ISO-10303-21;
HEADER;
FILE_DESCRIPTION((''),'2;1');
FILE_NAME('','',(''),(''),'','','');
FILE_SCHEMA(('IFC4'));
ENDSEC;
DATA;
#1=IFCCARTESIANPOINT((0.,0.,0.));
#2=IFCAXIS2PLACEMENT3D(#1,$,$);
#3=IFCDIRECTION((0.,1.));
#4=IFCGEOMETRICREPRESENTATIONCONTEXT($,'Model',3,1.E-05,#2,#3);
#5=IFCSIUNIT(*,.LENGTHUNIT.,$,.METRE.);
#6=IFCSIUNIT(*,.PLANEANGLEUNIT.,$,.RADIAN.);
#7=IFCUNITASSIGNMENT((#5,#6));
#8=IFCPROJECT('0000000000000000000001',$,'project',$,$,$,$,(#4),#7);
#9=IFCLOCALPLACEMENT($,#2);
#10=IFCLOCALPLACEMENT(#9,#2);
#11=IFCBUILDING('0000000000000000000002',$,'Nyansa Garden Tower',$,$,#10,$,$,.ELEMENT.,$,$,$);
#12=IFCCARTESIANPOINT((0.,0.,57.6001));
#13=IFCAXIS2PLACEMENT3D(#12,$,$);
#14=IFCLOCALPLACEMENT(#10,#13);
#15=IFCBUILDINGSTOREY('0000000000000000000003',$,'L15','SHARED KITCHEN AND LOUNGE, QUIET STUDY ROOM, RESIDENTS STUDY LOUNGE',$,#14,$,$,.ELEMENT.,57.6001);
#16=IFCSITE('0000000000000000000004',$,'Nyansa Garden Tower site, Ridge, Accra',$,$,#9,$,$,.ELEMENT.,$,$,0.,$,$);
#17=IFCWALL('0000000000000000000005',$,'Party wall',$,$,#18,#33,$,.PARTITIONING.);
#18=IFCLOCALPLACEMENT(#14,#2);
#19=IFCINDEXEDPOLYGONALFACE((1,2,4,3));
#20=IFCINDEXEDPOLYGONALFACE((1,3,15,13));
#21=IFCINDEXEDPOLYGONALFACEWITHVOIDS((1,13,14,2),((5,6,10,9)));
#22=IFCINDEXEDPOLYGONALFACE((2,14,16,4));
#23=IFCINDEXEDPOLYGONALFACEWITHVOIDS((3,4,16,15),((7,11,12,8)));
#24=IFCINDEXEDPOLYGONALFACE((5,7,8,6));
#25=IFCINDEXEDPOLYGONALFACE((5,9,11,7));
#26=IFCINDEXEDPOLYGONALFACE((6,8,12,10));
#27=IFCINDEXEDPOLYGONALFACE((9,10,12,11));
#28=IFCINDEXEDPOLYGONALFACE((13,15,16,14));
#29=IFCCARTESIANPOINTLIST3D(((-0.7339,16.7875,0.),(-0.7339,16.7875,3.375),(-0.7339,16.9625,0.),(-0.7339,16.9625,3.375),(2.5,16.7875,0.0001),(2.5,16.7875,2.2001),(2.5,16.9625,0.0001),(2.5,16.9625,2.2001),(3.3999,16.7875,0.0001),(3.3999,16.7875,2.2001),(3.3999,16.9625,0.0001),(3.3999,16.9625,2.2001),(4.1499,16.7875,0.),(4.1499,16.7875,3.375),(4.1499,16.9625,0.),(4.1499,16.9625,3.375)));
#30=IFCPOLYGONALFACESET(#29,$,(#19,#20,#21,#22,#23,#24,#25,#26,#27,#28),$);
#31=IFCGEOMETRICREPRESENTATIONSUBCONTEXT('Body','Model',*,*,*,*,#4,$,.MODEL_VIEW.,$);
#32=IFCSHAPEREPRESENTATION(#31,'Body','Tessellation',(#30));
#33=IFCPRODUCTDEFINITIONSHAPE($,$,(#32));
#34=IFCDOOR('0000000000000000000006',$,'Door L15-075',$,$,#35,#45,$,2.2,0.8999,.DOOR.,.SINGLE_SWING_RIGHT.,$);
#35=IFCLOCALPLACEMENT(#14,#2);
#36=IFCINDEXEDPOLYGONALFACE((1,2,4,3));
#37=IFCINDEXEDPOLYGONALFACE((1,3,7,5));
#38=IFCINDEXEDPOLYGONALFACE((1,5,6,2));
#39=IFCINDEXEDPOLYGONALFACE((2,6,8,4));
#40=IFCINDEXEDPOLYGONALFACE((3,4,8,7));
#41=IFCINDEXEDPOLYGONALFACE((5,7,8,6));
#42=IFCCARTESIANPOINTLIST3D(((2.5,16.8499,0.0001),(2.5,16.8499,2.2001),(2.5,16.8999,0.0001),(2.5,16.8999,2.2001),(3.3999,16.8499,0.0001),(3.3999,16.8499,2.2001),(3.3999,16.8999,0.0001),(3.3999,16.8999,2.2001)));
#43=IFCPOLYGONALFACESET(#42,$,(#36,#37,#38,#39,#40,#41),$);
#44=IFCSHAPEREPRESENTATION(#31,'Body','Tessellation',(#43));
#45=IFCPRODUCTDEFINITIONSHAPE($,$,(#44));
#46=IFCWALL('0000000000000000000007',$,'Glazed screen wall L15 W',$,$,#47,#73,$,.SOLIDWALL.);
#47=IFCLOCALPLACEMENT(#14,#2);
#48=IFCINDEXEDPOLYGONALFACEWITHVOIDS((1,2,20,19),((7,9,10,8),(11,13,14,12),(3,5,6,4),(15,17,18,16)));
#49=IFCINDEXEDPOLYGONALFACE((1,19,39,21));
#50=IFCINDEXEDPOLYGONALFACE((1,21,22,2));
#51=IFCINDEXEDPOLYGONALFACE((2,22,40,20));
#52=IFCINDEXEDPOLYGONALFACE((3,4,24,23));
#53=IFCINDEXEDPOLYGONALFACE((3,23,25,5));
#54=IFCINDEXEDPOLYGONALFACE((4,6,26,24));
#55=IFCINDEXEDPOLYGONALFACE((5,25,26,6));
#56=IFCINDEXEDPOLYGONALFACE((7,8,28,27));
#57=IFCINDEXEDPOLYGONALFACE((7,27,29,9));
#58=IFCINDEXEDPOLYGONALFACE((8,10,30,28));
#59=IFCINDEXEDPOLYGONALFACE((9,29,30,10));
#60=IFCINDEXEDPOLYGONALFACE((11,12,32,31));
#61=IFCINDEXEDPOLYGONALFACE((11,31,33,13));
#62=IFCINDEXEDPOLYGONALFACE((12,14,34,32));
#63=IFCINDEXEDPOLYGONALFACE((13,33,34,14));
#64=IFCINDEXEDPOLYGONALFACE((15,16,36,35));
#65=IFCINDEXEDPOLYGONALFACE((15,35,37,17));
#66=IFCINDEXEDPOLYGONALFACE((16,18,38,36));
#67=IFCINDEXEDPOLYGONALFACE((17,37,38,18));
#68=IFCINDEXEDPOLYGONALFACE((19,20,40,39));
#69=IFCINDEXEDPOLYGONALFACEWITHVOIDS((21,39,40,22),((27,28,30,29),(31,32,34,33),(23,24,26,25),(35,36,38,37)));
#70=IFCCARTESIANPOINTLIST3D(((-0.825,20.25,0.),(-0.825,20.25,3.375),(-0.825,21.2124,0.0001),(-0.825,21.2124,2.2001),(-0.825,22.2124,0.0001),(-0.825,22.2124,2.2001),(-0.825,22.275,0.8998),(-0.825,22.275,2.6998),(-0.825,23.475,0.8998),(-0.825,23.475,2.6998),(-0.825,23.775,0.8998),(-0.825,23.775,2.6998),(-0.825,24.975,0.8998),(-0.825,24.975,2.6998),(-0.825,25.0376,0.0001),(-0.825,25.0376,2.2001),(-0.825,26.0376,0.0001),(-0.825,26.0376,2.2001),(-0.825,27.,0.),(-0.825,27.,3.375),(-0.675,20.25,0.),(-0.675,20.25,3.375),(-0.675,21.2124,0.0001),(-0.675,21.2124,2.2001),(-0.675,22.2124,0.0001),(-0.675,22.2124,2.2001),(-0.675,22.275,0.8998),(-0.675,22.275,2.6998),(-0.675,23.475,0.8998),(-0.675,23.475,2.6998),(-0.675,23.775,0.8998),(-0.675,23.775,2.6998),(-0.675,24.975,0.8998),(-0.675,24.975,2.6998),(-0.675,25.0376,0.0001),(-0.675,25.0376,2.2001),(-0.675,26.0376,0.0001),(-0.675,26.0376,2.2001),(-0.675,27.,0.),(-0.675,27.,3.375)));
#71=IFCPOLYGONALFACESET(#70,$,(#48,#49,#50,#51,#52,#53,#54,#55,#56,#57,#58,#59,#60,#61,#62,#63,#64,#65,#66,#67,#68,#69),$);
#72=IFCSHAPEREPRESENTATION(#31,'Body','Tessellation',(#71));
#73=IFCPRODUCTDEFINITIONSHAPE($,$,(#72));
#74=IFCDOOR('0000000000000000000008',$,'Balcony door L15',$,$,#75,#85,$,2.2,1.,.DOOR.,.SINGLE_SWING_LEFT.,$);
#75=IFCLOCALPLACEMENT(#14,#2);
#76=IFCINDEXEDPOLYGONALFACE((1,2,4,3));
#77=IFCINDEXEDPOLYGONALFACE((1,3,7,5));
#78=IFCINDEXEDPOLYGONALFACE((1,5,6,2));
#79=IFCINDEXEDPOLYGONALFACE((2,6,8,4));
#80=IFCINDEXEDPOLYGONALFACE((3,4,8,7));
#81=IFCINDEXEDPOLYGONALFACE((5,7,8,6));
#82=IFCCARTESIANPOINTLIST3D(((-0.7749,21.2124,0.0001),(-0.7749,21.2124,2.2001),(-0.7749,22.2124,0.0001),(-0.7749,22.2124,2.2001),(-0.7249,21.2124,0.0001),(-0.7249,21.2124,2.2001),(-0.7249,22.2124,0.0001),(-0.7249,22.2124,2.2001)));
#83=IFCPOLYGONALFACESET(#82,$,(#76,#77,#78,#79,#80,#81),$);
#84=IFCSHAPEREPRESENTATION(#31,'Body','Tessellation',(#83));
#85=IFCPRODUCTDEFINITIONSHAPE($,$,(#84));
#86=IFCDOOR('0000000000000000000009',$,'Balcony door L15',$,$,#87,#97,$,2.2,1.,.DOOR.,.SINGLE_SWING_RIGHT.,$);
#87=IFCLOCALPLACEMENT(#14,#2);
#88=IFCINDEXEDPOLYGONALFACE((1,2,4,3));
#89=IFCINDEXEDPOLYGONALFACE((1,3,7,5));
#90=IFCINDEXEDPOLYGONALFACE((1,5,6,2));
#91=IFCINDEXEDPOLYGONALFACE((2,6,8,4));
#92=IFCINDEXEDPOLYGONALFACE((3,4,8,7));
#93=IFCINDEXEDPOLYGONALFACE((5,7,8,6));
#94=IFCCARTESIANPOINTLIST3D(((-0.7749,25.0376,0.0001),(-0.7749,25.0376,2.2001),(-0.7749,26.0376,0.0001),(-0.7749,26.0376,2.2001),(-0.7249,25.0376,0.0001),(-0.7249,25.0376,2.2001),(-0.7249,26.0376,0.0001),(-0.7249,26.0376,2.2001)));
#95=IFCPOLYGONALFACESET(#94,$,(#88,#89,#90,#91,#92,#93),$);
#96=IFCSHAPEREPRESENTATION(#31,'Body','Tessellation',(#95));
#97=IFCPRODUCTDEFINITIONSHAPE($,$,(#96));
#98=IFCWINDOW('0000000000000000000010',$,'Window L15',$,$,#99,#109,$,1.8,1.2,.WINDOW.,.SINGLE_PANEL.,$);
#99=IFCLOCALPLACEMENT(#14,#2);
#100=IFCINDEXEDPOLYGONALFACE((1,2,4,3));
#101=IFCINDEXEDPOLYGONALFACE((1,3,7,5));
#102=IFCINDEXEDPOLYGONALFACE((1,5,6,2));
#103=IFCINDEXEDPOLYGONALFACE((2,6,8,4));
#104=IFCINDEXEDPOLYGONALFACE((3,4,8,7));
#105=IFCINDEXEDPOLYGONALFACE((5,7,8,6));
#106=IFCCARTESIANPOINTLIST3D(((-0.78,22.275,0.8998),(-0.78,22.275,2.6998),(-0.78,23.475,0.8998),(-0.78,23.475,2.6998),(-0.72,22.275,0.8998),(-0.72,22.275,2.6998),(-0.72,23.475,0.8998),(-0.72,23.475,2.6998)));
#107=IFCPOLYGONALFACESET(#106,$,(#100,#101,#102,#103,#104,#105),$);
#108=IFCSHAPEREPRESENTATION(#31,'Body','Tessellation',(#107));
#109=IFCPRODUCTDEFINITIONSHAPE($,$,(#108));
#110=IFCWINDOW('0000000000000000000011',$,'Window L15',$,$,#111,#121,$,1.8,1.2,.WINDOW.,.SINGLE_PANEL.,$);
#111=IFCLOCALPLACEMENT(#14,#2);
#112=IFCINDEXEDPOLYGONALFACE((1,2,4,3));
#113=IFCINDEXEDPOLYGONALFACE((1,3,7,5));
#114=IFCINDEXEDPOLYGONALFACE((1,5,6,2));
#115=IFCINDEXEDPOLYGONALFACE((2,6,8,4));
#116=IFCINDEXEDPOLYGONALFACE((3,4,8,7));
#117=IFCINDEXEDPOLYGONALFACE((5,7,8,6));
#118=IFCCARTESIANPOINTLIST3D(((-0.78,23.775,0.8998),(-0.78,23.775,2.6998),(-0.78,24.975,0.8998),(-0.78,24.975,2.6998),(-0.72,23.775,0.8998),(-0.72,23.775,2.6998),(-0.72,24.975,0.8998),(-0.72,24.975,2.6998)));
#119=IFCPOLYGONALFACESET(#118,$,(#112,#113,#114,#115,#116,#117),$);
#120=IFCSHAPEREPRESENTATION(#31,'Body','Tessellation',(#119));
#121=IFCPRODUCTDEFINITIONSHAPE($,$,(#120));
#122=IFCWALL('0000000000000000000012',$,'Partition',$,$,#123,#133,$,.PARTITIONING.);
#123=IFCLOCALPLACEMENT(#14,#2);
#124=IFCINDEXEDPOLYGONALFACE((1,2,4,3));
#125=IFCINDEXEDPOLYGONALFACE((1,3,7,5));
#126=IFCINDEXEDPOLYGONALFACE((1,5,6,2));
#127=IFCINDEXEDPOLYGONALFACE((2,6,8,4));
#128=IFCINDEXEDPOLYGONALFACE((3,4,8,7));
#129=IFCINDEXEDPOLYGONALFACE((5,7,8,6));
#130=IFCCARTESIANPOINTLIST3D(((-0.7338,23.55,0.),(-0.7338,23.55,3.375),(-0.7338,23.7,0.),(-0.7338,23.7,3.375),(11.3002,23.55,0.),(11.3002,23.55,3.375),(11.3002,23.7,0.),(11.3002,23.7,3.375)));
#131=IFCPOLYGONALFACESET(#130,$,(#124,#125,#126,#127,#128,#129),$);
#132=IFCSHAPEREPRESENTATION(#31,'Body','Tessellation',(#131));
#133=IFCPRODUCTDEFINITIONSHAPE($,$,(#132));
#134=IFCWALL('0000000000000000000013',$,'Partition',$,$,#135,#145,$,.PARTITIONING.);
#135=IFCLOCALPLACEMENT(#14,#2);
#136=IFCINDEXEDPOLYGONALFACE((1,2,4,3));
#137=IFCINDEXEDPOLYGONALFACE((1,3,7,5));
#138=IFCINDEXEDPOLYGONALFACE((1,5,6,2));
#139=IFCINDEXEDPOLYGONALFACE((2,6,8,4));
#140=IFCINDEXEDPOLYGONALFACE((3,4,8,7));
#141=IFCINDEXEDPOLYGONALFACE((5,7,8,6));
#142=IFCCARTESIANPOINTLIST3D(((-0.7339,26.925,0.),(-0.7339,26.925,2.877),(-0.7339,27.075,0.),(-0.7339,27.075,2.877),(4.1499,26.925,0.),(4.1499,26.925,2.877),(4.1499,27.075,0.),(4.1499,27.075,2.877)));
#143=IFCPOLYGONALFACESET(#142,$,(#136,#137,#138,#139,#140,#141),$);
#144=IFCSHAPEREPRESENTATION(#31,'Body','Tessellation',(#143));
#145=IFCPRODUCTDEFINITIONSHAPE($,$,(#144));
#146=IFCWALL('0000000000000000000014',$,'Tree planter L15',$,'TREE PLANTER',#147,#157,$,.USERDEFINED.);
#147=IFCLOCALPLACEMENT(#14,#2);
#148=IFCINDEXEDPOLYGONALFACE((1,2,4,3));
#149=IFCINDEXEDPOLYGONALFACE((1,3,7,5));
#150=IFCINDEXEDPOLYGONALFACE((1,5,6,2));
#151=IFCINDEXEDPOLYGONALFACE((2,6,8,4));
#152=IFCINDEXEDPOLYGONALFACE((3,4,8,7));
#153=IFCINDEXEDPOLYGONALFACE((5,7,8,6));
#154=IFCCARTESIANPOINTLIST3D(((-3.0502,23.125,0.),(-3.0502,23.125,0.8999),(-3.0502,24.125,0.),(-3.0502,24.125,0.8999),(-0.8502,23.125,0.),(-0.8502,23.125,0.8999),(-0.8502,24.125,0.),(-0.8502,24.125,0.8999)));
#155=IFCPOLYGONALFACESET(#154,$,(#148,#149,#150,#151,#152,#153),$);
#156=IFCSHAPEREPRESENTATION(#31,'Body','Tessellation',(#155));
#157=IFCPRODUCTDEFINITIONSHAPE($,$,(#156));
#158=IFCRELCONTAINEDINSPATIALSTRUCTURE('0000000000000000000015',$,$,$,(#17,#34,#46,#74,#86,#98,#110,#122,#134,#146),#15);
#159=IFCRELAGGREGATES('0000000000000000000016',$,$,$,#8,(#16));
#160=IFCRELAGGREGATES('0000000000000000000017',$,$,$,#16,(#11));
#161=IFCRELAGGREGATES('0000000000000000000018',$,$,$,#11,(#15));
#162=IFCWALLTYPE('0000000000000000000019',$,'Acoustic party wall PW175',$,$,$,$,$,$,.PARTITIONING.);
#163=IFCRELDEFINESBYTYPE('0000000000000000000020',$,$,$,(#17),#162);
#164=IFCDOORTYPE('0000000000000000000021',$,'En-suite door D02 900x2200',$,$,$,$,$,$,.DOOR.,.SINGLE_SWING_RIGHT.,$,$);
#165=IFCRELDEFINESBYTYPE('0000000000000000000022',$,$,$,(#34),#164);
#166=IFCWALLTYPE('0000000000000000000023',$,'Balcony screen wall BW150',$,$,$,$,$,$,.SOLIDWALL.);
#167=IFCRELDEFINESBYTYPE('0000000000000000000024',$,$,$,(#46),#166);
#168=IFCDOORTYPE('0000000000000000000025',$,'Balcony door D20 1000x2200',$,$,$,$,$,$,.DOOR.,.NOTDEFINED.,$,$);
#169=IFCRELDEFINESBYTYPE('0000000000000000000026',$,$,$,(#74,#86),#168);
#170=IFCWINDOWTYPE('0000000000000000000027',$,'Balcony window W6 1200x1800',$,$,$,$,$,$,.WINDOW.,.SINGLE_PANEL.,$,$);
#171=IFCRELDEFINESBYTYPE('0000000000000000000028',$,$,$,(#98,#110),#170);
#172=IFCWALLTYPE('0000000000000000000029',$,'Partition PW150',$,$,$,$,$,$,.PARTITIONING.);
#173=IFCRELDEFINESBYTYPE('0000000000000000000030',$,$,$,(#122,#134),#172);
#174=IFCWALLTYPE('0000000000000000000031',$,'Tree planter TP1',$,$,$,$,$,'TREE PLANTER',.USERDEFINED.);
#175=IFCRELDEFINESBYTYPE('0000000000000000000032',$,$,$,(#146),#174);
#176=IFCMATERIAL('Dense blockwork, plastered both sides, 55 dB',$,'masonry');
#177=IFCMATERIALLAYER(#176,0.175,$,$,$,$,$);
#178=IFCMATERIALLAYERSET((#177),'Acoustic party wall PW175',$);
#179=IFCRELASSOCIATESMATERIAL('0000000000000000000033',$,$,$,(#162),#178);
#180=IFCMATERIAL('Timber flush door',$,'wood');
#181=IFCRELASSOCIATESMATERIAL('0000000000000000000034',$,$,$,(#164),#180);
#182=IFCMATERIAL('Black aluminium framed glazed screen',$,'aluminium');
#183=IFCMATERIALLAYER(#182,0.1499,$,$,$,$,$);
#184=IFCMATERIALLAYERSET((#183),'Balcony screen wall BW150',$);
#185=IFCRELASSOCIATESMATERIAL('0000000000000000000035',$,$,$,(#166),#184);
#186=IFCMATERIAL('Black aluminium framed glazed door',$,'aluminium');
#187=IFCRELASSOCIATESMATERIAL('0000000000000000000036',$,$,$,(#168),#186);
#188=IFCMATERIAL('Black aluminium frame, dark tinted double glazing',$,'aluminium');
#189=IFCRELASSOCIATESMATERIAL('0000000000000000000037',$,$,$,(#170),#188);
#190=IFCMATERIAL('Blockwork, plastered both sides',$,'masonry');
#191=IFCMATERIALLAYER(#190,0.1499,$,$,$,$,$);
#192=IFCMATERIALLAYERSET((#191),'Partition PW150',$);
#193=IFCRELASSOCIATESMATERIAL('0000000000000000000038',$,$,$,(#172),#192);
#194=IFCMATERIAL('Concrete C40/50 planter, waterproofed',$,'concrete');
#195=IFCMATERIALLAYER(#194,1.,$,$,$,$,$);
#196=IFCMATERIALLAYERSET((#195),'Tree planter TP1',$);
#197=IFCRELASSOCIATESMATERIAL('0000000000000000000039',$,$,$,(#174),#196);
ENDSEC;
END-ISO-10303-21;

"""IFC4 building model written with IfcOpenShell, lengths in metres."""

from ifc_helpers import new_model, si_unit, direction, frame, frame_2d, origin, place, context, subcontext, project, spatial, rectangle, extrude, material, layer, layer_set, type_object, element, fill, save


model = new_model("IFC4")

# Units and contexts
model_context = context("Model", 3, precision=1e-05, world=origin(), true_north=direction((0.0, 1.0)))
body_context = subcontext(model_context, "Body", "Model", "MODEL_VIEW")
ifc_project = project(units=[si_unit("LENGTHUNIT", "METRE"), si_unit("PLANEANGLEUNIT", "RADIAN")], contexts=[model_context])

# Site, building, storey
site_placement = place(None, origin())
site = spatial("IfcSite", under=ifc_project, at=site_placement, Name="Nyansa Garden Tower site, Ridge, Accra", CompositionType="ELEMENT", RefElevation=0.0)
building_placement = place(site_placement, origin())
building = spatial("IfcBuilding", under=site, at=building_placement, Name="Nyansa Garden Tower", CompositionType="ELEMENT")
storey_placement = place(building_placement, frame((0.0, 0.0, 57.6001)))
storey = spatial("IfcBuildingStorey", under=building, at=storey_placement, Name="L15", Description="SHARED KITCHEN AND LOUNGE, QUIET STUDY ROOM, RESIDENTS STUDY LOUNGE", CompositionType="ELEMENT", Elevation=57.6001)

# Wall, opening, door
ifc_material_1 = material(Name="Dense blockwork, plastered both sides, 55 dB", Category="masonry")
ifc_layer_1 = layer(ifc_material_1, 0.175)
ifc_layer_set_1 = layer_set([ifc_layer_1], Name="Acoustic party wall PW175")
wall_type_1 = type_object("IfcWallType", Name="Acoustic party wall PW175", PredefinedType="PARTITIONING", material=ifc_layer_set_1)
wall_1_placement = place(storey_placement, frame((-0.7339, 16.875, 0.0), z_axis=(0.0, 0.0, 1.0), x_axis=(1.0, 0.0, 0.0)))
wall_1 = element("IfcWall", 1, at=wall_1_placement, inside=storey, type_object=wall_type_1, Name="Party wall", PredefinedType="PARTITIONING", context=body_context, shape_type="SweptSolid", body=[
    extrude(rectangle(XDim=4.8838, YDim=0.175, at=frame_2d((2.4419, 0.0))), origin(), (0.0, 0.0, 1.0), 3.375),
])
opening_1_placement = place(wall_1_placement, frame((3.2339, 0.0, 0.0)))
opening_1 = element("IfcOpeningElement", 2, at=opening_1_placement, cuts=wall_1, PredefinedType="OPENING", context=body_context, shape_type="SweptSolid", body=[
    extrude(rectangle(XDim=0.8999, YDim=2.2, at=frame_2d((0.45, 1.1001))), frame((0.0, 0.0974, 0.0), z_axis=(0.0, -1.0, 0.0), x_axis=(1.0, 0.0, 0.0)), (0.0, 0.0, 1.0), 0.1951),
])
ifc_material_2 = material(Name="Timber flush door", Category="wood")
door_type_1 = type_object("IfcDoorType", Name="En-suite door D02 900x2200", OperationType="SINGLE_SWING_RIGHT", PredefinedType="DOOR", material=ifc_material_2)
door_1_placement = place(opening_1_placement, origin())
door_1 = element("IfcDoor", 3, at=door_1_placement, inside=storey, type_object=door_type_1, Name="Door L15-075", OperationType="SINGLE_SWING_RIGHT", OverallHeight=2.2, OverallWidth=0.8999, PredefinedType="DOOR", context=body_context, shape_type="SweptSolid", body=[
    extrude(rectangle(XDim=0.8999, YDim=2.2, at=frame_2d((0.45, 1.1001))), frame((0.0, 0.0249, 0.0), z_axis=(0.0, -1.0, 0.0), x_axis=(1.0, 0.0, 0.0)), (0.0, 0.0, 1.0), 0.05),
])
fill(opening_1, door_1)

# Wall, openings, doors, windows
ifc_material_3 = material(Name="Black aluminium framed glazed screen", Category="aluminium")
ifc_layer_2 = layer(ifc_material_3, 0.1499)
ifc_layer_set_2 = layer_set([ifc_layer_2], Name="Balcony screen wall BW150")
wall_type_2 = type_object("IfcWallType", Name="Balcony screen wall BW150", PredefinedType="SOLIDWALL", material=ifc_layer_set_2)
wall_2_placement = place(storey_placement, frame((-0.75, 20.25, 0.0), z_axis=(0.0, 0.0, 1.0), x_axis=(0.0, 1.0, 0.0)))
wall_2 = element("IfcWall", 4, at=wall_2_placement, inside=storey, type_object=wall_type_2, Name="Glazed screen wall L15 W", PredefinedType="SOLIDWALL", context=body_context, shape_type="SweptSolid", body=[
    extrude(rectangle(XDim=6.75, YDim=0.1499, at=frame_2d((3.375, 0.0))), origin(), (0.0, 0.0, 1.0), 3.375),
])
opening_2_placement = place(wall_2_placement, frame((0.9624, 0.0, 0.0)))
opening_2 = element("IfcOpeningElement", 5, at=opening_2_placement, cuts=wall_2, PredefinedType="OPENING", context=body_context, shape_type="SweptSolid", body=[
    extrude(rectangle(XDim=1.0, YDim=2.2, at=frame_2d((0.5, 1.1001))), frame((0.0, 0.085, 0.0), z_axis=(0.0, -1.0, 0.0), x_axis=(1.0, 0.0, 0.0)), (0.0, 0.0, 1.0), 0.1699),
])
opening_3_placement = place(wall_2_placement, frame((2.0249, 0.0, 0.8999)))
opening_3 = element("IfcOpeningElement", 6, at=opening_3_placement, cuts=wall_2, PredefinedType="OPENING", context=body_context, shape_type="SweptSolid", body=[
    extrude(rectangle(XDim=1.2, YDim=1.8, at=frame_2d((0.6001, 0.8999))), frame((0.0, 0.085, 0.0), z_axis=(0.0, -1.0, 0.0), x_axis=(1.0, 0.0, 0.0)), (0.0, 0.0, 1.0), 0.1699),
])
opening_4_placement = place(wall_2_placement, frame((4.7876, 0.0, 0.0)))
opening_4 = element("IfcOpeningElement", 7, at=opening_4_placement, cuts=wall_2, PredefinedType="OPENING", context=body_context, shape_type="SweptSolid", body=[
    extrude(rectangle(XDim=1.0, YDim=2.2, at=frame_2d((0.5, 1.1001))), frame((0.0, 0.085, 0.0), z_axis=(0.0, -1.0, 0.0), x_axis=(1.0, 0.0, 0.0)), (0.0, 0.0, 1.0), 0.1699),
])
opening_5_placement = place(wall_2_placement, frame((3.5249, 0.0, 0.8999)))
opening_5 = element("IfcOpeningElement", 8, at=opening_5_placement, cuts=wall_2, PredefinedType="OPENING", context=body_context, shape_type="SweptSolid", body=[
    extrude(rectangle(XDim=1.2, YDim=1.8, at=frame_2d((0.6001, 0.8999))), frame((0.0, 0.085, 0.0), z_axis=(0.0, -1.0, 0.0), x_axis=(1.0, 0.0, 0.0)), (0.0, 0.0, 1.0), 0.1699),
])
ifc_material_4 = material(Name="Black aluminium framed glazed door", Category="aluminium")
door_type_2 = type_object("IfcDoorType", Name="Balcony door D20 1000x2200", OperationType="NOTDEFINED", PredefinedType="DOOR", material=ifc_material_4)
door_2_placement = place(opening_2_placement, origin())
door_2 = element("IfcDoor", 9, at=door_2_placement, inside=storey, type_object=door_type_2, Name="Balcony door L15", OperationType="SINGLE_SWING_LEFT", OverallHeight=2.2, OverallWidth=1.0, PredefinedType="DOOR", context=body_context, shape_type="SweptSolid", body=[
    extrude(rectangle(XDim=1.0, YDim=2.2, at=frame_2d((0.5, 1.1001))), frame((0.0, 0.0249, 0.0), z_axis=(0.0, -1.0, 0.0), x_axis=(1.0, 0.0, 0.0)), (0.0, 0.0, 1.0), 0.05),
])
fill(opening_2, door_2)
door_3_placement = place(opening_4_placement, origin())
door_3 = element("IfcDoor", 10, at=door_3_placement, inside=storey, type_object=door_type_2, Name="Balcony door L15", OperationType="SINGLE_SWING_RIGHT", OverallHeight=2.2, OverallWidth=1.0, PredefinedType="DOOR", context=body_context, shape_type="SweptSolid", body=[
    extrude(rectangle(XDim=1.0, YDim=2.2, at=frame_2d((0.5, 1.1001))), frame((0.0, 0.0249, 0.0), z_axis=(0.0, -1.0, 0.0), x_axis=(1.0, 0.0, 0.0)), (0.0, 0.0, 1.0), 0.05),
])
fill(opening_4, door_3)
ifc_material_5 = material(Name="Black aluminium frame, dark tinted double glazing", Category="aluminium")
window_type = type_object("IfcWindowType", Name="Balcony window W6 1200x1800", PartitioningType="SINGLE_PANEL", PredefinedType="WINDOW", material=ifc_material_5)
window_1_placement = place(opening_3_placement, origin())
window_1 = element("IfcWindow", 11, at=window_1_placement, inside=storey, type_object=window_type, Name="Window L15", OverallHeight=1.8, OverallWidth=1.2, PartitioningType="SINGLE_PANEL", PredefinedType="WINDOW", context=body_context, shape_type="SweptSolid", body=[
    extrude(rectangle(XDim=1.2, YDim=1.8, at=frame_2d((0.6001, 0.8999))), frame((0.0, 0.03, 0.0), z_axis=(0.0, -1.0, 0.0), x_axis=(1.0, 0.0, 0.0)), (0.0, 0.0, 1.0), 0.0601),
])
fill(opening_3, window_1)
window_2_placement = place(opening_5_placement, origin())
window_2 = element("IfcWindow", 12, at=window_2_placement, inside=storey, type_object=window_type, Name="Window L15", OverallHeight=1.8, OverallWidth=1.2, PartitioningType="SINGLE_PANEL", PredefinedType="WINDOW", context=body_context, shape_type="SweptSolid", body=[
    extrude(rectangle(XDim=1.2, YDim=1.8, at=frame_2d((0.6001, 0.8999))), frame((0.0, 0.03, 0.0), z_axis=(0.0, -1.0, 0.0), x_axis=(1.0, 0.0, 0.0)), (0.0, 0.0, 1.0), 0.0601),
])
fill(opening_5, window_2)

# Walls
ifc_material_6 = material(Name="Blockwork, plastered both sides", Category="masonry")
ifc_layer_3 = layer(ifc_material_6, 0.1499)
ifc_layer_set_3 = layer_set([ifc_layer_3], Name="Partition PW150")
wall_type_3 = type_object("IfcWallType", Name="Partition PW150", PredefinedType="PARTITIONING", material=ifc_layer_set_3)
wall_3_placement = place(storey_placement, frame((-0.7339, 23.625, 0.0), z_axis=(0.0, 0.0, 1.0), x_axis=(1.0, 0.0, 0.0)))
element("IfcWall", 13, at=wall_3_placement, inside=storey, type_object=wall_type_3, Name="Partition", PredefinedType="PARTITIONING", context=body_context, shape_type="SweptSolid", body=[
    extrude(rectangle(XDim=12.0339, YDim=0.1499, at=frame_2d((6.0171, 0.0))), origin(), (0.0, 0.0, 1.0), 3.375),
])
wall_4_placement = place(storey_placement, frame((-0.7339, 27.0, 0.0), z_axis=(0.0, 0.0, 1.0), x_axis=(1.0, 0.0, 0.0)))
element("IfcWall", 14, at=wall_4_placement, inside=storey, type_object=wall_type_3, Name="Partition", PredefinedType="PARTITIONING", context=body_context, shape_type="SweptSolid", body=[
    extrude(rectangle(XDim=4.8838, YDim=0.1499, at=frame_2d((2.4419, 0.0))), origin(), (0.0, 0.0, 1.0), 2.877),
])
ifc_material_7 = material(Name="Concrete C40/50 planter, waterproofed", Category="concrete")
ifc_layer_4 = layer(ifc_material_7, 1.0)
ifc_layer_set_4 = layer_set([ifc_layer_4], Name="Tree planter TP1")
wall_type_4 = type_object("IfcWallType", Name="Tree planter TP1", ElementType="TREE PLANTER", PredefinedType="USERDEFINED", material=ifc_layer_set_4)
wall_5_placement = place(storey_placement, frame((-0.8501, 23.625, 0.0), z_axis=(0.0, 0.0, 1.0), x_axis=(-1.0, 0.0, 0.0)))
element("IfcWall", 15, at=wall_5_placement, inside=storey, type_object=wall_type_4, Name="Tree planter L15", ObjectType="TREE PLANTER", PredefinedType="USERDEFINED", context=body_context, shape_type="SweptSolid", body=[
    extrude(rectangle(XDim=2.2, YDim=1.0, at=frame_2d((1.1001, 0.0))), origin(), (0.0, 0.0, 1.0), 0.8999),
])

save(model, "model.ifc")
